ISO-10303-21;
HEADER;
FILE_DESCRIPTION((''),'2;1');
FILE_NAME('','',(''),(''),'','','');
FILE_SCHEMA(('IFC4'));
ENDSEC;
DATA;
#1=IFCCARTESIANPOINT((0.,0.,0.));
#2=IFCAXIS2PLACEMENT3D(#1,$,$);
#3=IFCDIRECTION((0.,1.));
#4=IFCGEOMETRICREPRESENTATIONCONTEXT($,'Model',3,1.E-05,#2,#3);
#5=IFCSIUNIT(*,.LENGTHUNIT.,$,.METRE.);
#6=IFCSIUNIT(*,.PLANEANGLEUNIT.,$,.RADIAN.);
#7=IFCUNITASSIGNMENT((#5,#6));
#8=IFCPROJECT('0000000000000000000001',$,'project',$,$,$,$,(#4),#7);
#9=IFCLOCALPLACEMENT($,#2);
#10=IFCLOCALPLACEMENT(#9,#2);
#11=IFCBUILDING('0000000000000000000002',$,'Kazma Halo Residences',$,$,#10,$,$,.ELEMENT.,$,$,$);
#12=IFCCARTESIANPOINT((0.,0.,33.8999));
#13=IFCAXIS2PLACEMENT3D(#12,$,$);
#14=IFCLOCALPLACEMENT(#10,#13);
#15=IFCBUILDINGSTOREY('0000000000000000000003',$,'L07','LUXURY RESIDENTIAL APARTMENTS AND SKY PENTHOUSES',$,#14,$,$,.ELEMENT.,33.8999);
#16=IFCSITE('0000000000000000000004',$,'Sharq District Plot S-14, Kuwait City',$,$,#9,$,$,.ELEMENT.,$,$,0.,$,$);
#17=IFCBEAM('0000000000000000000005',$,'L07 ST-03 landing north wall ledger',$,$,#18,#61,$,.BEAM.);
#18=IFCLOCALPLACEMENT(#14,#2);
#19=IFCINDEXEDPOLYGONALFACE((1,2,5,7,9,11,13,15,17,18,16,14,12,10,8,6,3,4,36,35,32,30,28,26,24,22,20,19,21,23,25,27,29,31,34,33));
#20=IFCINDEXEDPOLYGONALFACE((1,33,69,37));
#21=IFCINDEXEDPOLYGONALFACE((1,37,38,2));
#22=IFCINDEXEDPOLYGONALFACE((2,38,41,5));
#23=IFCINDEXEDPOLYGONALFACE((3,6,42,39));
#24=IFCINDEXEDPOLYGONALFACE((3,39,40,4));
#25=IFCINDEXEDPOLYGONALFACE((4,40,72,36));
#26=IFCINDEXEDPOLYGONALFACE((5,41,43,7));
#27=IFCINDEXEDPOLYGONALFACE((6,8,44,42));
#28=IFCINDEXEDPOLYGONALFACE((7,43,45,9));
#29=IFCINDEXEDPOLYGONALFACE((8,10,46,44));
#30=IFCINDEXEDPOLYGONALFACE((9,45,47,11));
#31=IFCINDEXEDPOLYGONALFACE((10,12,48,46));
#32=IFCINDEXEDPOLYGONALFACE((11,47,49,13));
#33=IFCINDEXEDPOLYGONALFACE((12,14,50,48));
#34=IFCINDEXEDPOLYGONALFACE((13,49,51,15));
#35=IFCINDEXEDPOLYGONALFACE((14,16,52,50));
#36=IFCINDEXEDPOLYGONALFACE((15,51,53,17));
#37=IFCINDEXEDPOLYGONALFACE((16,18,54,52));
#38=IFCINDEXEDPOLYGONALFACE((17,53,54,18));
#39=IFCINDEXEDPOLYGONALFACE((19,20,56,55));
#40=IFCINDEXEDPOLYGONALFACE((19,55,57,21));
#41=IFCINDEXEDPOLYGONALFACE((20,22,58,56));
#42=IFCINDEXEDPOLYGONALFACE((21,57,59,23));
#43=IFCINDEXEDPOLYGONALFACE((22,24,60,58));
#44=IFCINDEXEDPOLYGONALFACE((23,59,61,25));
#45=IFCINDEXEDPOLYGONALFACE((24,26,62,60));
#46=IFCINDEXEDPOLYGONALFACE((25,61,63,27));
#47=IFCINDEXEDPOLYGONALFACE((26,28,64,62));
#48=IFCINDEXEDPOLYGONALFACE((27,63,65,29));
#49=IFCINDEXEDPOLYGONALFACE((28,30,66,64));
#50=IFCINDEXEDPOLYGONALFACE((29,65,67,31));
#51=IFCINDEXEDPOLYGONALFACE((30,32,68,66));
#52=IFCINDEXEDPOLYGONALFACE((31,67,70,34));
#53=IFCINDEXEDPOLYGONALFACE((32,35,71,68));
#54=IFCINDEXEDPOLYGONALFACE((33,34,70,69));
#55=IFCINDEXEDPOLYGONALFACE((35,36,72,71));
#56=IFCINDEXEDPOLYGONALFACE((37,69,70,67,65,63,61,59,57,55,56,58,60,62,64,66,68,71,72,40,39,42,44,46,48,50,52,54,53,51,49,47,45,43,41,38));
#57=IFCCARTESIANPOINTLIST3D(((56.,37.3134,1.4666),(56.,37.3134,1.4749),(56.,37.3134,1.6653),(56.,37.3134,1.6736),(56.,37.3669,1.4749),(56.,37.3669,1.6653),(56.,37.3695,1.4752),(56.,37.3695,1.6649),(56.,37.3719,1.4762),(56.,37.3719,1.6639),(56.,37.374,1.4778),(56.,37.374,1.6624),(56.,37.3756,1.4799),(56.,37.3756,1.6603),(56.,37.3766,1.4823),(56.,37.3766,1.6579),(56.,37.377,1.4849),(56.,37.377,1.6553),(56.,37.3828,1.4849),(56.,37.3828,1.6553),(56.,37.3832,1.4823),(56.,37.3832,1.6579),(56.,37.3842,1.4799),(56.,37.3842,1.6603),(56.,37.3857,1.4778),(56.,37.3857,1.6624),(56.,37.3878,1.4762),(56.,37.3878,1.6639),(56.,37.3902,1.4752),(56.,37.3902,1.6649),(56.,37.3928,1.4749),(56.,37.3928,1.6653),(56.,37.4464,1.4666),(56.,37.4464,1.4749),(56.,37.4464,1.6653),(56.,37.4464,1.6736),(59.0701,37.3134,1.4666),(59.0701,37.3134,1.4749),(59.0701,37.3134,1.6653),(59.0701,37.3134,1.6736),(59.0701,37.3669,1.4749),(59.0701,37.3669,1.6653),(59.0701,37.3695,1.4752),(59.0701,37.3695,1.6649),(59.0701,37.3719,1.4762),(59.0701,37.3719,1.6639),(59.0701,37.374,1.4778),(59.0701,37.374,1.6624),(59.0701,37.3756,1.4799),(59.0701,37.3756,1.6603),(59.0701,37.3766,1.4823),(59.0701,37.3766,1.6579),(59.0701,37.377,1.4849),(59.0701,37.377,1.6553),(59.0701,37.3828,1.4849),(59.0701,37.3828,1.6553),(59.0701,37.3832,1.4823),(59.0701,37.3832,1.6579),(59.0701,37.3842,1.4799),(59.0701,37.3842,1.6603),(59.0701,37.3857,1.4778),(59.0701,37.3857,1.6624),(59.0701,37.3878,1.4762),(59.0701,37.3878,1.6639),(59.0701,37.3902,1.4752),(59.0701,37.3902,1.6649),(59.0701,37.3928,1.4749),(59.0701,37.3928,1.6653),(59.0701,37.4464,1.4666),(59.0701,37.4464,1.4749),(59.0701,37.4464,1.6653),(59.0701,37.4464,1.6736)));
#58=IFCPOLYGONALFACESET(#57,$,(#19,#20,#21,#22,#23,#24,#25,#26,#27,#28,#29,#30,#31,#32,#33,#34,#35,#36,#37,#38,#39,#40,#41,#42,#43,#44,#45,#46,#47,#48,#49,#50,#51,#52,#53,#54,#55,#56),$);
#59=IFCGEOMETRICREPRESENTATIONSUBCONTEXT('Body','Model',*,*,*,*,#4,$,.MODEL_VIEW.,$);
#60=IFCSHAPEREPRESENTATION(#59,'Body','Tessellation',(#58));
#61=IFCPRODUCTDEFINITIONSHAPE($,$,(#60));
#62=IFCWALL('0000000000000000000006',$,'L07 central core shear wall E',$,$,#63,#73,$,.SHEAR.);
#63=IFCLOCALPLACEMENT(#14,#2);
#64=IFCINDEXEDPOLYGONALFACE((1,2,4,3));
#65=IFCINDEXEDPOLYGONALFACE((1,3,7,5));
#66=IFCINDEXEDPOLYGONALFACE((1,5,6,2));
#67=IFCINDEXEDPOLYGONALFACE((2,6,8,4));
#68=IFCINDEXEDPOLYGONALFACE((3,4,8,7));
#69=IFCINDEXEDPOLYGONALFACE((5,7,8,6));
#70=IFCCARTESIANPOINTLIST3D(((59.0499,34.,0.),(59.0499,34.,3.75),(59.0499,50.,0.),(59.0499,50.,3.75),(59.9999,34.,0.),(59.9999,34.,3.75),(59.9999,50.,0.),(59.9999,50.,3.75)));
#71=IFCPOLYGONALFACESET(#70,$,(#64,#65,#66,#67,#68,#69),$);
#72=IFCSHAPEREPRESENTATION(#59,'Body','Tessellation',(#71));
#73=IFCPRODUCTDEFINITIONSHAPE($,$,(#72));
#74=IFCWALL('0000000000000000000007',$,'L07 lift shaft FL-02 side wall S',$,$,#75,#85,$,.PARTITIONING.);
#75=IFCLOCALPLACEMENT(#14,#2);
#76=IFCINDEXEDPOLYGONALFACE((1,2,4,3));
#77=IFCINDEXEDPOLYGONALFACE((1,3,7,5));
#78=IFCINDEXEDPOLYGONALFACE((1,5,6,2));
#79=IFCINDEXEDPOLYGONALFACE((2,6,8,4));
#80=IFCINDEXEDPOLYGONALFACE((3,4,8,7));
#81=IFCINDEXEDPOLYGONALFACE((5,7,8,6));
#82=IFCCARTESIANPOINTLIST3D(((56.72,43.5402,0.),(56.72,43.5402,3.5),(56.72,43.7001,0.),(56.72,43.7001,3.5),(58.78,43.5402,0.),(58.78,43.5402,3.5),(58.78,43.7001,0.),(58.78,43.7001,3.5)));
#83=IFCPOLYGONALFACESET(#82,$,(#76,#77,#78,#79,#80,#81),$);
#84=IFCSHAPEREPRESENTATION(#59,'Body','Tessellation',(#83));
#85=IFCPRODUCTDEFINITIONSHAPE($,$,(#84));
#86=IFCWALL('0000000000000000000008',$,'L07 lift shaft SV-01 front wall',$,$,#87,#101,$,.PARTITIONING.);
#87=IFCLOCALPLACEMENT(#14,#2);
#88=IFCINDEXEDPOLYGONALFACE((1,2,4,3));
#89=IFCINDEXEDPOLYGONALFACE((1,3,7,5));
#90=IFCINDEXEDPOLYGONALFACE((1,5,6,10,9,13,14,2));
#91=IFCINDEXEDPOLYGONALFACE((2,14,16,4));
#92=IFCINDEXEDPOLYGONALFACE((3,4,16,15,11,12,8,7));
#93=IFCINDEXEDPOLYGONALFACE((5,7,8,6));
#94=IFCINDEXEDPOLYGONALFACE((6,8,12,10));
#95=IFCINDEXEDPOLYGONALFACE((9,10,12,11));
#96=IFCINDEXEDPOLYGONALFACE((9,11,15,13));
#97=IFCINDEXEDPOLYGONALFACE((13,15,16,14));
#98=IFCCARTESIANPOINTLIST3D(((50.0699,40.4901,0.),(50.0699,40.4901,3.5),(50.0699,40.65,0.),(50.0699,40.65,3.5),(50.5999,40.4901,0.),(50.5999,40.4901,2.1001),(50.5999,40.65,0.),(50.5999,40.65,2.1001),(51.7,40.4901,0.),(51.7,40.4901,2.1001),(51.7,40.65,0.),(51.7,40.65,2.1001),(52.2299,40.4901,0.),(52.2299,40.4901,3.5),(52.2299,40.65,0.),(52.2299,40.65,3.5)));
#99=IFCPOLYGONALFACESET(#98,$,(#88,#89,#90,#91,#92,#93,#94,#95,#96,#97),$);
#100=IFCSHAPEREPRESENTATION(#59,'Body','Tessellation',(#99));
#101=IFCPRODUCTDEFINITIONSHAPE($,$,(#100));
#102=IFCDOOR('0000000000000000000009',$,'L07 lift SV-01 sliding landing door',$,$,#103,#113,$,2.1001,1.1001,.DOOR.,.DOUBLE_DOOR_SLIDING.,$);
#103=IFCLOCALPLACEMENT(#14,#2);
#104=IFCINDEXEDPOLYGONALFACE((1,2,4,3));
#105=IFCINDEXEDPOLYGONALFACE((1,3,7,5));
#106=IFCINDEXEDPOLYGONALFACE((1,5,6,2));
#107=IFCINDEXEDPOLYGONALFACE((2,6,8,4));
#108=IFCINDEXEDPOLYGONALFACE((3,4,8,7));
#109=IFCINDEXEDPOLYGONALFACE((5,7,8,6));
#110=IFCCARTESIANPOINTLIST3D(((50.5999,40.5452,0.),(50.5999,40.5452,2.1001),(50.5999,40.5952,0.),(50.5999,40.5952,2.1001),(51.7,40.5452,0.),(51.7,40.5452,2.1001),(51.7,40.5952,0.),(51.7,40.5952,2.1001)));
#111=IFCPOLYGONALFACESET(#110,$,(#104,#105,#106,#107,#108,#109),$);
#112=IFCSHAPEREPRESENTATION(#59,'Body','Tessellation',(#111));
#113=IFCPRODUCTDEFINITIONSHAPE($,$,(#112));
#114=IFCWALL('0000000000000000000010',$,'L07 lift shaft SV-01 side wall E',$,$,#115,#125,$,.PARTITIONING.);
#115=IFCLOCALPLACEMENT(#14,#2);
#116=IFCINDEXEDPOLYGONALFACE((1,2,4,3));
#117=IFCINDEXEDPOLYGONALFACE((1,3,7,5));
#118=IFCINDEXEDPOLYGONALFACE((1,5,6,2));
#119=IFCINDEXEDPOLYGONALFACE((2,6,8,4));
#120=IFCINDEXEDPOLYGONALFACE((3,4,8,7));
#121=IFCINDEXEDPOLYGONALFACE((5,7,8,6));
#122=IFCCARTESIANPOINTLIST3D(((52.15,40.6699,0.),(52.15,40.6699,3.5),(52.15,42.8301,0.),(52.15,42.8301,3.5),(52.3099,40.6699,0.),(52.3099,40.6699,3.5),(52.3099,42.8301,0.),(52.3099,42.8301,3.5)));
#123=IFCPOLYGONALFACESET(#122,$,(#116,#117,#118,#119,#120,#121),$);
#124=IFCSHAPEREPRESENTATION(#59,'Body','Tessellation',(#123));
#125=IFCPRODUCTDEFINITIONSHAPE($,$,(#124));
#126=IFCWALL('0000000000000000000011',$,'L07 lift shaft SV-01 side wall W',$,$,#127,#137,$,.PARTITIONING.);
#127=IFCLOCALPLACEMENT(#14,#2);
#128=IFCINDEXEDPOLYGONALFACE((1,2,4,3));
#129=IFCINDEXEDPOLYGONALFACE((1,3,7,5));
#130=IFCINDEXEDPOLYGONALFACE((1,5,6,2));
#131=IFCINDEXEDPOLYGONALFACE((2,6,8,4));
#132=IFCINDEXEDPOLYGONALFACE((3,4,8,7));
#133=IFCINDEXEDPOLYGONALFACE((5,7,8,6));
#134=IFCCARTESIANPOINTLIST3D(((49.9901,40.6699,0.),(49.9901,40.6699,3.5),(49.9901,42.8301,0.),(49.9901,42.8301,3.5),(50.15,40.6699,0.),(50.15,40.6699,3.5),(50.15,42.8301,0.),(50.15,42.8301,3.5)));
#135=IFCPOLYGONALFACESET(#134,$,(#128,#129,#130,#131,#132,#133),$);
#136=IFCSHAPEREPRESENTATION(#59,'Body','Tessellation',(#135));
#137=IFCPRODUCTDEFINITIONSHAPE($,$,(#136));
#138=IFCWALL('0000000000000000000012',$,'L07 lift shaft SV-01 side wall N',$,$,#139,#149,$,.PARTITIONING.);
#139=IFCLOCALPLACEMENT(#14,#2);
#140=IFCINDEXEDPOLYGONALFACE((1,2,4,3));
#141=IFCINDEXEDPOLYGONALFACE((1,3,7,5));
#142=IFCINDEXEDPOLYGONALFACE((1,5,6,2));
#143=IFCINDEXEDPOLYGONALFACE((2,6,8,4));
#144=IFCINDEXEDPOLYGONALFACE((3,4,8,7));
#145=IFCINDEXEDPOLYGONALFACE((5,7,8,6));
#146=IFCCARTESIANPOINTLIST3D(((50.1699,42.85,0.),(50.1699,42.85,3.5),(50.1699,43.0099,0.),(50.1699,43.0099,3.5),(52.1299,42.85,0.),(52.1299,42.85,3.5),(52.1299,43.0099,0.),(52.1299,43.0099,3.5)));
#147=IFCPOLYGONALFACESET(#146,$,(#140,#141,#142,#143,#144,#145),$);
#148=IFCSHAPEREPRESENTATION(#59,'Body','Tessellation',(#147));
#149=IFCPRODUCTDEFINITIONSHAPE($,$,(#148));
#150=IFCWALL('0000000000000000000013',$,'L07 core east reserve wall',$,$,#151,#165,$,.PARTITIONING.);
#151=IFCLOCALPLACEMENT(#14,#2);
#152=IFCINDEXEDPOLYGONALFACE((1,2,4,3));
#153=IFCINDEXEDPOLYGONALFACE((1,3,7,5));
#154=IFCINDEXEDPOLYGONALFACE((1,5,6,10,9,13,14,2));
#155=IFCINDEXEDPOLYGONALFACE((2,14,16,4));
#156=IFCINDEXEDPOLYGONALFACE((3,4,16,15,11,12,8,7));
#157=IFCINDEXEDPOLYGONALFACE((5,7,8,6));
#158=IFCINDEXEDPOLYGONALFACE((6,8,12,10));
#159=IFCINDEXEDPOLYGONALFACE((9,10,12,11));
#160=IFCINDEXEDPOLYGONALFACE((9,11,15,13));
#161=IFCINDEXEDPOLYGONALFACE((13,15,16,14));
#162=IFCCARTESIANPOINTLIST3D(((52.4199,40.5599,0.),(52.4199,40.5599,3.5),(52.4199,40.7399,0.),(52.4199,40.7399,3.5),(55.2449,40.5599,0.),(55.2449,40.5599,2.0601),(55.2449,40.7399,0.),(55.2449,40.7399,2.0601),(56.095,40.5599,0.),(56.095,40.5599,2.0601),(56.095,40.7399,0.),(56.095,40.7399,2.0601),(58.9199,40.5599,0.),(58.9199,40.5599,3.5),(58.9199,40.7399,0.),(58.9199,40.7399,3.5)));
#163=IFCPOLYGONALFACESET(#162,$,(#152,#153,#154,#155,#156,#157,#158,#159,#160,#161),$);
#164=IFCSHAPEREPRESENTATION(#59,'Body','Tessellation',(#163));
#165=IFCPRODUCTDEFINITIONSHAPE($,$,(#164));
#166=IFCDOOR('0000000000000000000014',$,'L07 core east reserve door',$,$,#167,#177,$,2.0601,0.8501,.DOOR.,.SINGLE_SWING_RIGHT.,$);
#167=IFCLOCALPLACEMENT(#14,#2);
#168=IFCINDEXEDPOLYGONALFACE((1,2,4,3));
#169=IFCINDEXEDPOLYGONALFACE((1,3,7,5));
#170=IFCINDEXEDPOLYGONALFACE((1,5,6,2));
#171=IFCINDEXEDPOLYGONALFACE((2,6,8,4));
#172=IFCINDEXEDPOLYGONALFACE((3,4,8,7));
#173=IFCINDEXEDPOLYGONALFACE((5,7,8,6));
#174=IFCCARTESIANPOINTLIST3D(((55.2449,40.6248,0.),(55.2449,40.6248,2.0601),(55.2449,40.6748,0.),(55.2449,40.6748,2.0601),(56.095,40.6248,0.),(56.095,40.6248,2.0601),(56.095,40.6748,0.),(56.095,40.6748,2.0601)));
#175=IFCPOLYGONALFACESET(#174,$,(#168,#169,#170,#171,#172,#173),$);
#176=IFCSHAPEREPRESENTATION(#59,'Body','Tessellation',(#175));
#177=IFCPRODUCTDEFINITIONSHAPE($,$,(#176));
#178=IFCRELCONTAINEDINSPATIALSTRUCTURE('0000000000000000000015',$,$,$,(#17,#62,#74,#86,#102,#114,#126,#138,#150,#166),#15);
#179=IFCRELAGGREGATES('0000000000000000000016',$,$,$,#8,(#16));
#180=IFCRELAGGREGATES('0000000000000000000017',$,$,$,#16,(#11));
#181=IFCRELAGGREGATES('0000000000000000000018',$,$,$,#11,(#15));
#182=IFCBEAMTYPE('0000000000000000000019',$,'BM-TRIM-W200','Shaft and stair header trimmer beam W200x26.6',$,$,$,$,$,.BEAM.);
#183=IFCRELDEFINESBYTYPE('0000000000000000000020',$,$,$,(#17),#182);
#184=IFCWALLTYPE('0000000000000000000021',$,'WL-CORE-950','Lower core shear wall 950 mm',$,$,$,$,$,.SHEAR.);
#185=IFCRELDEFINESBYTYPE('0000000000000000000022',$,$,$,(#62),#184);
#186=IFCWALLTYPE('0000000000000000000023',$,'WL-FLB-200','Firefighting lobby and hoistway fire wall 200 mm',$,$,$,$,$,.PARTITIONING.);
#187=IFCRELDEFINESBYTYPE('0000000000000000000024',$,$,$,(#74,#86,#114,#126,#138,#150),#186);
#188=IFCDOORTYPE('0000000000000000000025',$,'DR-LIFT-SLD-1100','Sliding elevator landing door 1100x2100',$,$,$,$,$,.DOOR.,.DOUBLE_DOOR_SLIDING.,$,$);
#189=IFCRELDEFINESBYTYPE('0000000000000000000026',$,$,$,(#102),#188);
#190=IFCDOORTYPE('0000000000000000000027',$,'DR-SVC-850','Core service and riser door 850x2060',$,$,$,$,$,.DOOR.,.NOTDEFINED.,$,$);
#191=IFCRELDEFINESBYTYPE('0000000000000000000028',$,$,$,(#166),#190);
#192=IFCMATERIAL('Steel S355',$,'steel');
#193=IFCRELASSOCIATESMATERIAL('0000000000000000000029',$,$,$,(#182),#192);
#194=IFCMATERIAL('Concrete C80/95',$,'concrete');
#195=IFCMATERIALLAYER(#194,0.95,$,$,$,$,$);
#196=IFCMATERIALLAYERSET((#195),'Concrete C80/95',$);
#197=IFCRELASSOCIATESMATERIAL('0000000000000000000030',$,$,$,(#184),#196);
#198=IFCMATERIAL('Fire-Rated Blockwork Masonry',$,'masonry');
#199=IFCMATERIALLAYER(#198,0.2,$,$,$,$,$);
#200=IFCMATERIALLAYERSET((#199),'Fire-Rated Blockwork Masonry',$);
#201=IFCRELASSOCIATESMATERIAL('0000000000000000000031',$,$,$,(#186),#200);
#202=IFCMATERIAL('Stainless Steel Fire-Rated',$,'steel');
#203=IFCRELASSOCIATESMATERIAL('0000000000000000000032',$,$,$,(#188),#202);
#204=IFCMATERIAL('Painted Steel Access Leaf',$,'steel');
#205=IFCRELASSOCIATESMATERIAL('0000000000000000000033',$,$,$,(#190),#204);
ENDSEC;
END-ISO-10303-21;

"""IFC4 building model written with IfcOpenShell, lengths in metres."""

from ifc_helpers import new_model, si_unit, direction, frame, frame_2d, origin, origin_2d, place, context, subcontext, project, spatial, rectangle, i_section, extrude, material, layer, layer_set, material_profile, profile_set, type_object, element, fill, save


model = new_model("IFC4")

# Units and contexts
model_context = context("Model", 3, precision=1e-05, world=origin(), true_north=direction((0.0, 1.0)))
body_context = subcontext(model_context, "Body", "Model", "MODEL_VIEW")
ifc_project = project(units=[si_unit("LENGTHUNIT", "METRE"), si_unit("PLANEANGLEUNIT", "RADIAN")], contexts=[model_context])

# Site, building, storey
site_placement = place(None, origin())
site = spatial("IfcSite", under=ifc_project, at=site_placement, Name="Sharq District Plot S-14, Kuwait City", CompositionType="ELEMENT", RefElevation=0.0)
building_placement = place(site_placement, origin())
building = spatial("IfcBuilding", under=site, at=building_placement, Name="Kazma Halo Residences", CompositionType="ELEMENT")
storey_placement = place(building_placement, frame((0.0, 0.0, 33.8999)))
storey = spatial("IfcBuildingStorey", under=building, at=storey_placement, Name="L07", Description="LUXURY RESIDENTIAL APARTMENTS AND SKY PENTHOUSES", CompositionType="ELEMENT", Elevation=33.8999)

# Shared definitions
ifc_material_1 = material(Name="Steel S355", Category="steel")

# Beam
ifc_material_profile_1 = material_profile(ifc_material_1, i_section(OverallWidth=0.1331, OverallDepth=0.207, WebThickness=0.0059, FlangeThickness=0.0083, FilletRadius=0.01, at=origin_2d()), Name="W200x26.6")
ifc_profile_set_1 = profile_set([ifc_material_profile_1], Name="Steel S355")
beam_type_1 = type_object("IfcBeamType", Name="BM-TRIM-W200", Description="Shaft and stair header trimmer beam W200x26.6", PredefinedType="BEAM", material=ifc_profile_set_1)
beam_1_placement = place(storey_placement, frame((56.0, 37.3799, 1.5701), z_axis=(1.0, 0.0, 0.0), x_axis=(0.0, 1.0, 0.0)))
element("IfcBeam", 1, at=beam_1_placement, inside=storey, type_object=beam_type_1, Name="L07 ST-03 landing north wall ledger", PredefinedType="BEAM", context=body_context, shape_type="SweptSolid", body=[
    extrude(i_section(OverallWidth=0.1331, OverallDepth=0.207, WebThickness=0.0059, FlangeThickness=0.0083, FilletRadius=0.01, at=origin_2d()), origin(), (0.0, 0.0, 1.0), 3.0701),
])

# Walls
ifc_material_2 = material(Name="Concrete C80/95", Category="concrete")
ifc_layer_1 = layer(ifc_material_2, 0.95)
ifc_layer_set_1 = layer_set([ifc_layer_1], Name="Concrete C80/95")
wall_type_1 = type_object("IfcWallType", Name="WL-CORE-950", Description="Lower core shear wall 950 mm", PredefinedType="SHEAR", material=ifc_layer_set_1)
wall_1_placement = place(storey_placement, frame((59.5249, 34.0, 0.0), z_axis=(0.0, 0.0, 1.0), x_axis=(0.0, 1.0, 0.0)))
element("IfcWall", 2, at=wall_1_placement, inside=storey, type_object=wall_type_1, Name="L07 central core shear wall E", PredefinedType="SHEAR", context=body_context, shape_type="SweptSolid", body=[
    extrude(rectangle(XDim=16.0, YDim=0.95, at=frame_2d((8.0, 0.0))), origin(), (0.0, 0.0, 1.0), 3.75),
])
ifc_material_3 = material(Name="Fire-Rated Blockwork Masonry", Category="masonry")
ifc_layer_2 = layer(ifc_material_3, 0.2)
ifc_layer_set_2 = layer_set([ifc_layer_2], Name="Fire-Rated Blockwork Masonry")
wall_type_2 = type_object("IfcWallType", Name="WL-FLB-200", Description="Firefighting lobby and hoistway fire wall 200 mm", PredefinedType="PARTITIONING", material=ifc_layer_set_2)
wall_2_placement = place(storey_placement, frame((56.72, 43.6201, 0.0), z_axis=(0.0, 0.0, 1.0), x_axis=(1.0, 0.0, 0.0)))
element("IfcWall", 3, at=wall_2_placement, inside=storey, type_object=wall_type_2, Name="L07 lift shaft FL-02 side wall S", PredefinedType="PARTITIONING", context=body_context, shape_type="SweptSolid", body=[
    extrude(rectangle(XDim=2.0601, YDim=0.1599, at=frame_2d((1.03, 0.0))), origin(), (0.0, 0.0, 1.0), 3.5),
])

# Wall, opening, door
wall_3_placement = place(storey_placement, frame((52.23, 40.5701, 0.0), z_axis=(0.0, 0.0, 1.0), x_axis=(-1.0, 0.0, 0.0)))
wall_3 = element("IfcWall", 4, at=wall_3_placement, inside=storey, type_object=wall_type_2, Name="L07 lift shaft SV-01 front wall", PredefinedType="PARTITIONING", context=body_context, shape_type="SweptSolid", body=[
    extrude(rectangle(XDim=2.1599, YDim=0.1599, at=frame_2d((1.0801, 0.0))), origin(), (0.0, 0.0, 1.0), 3.5),
])
opening_1_placement = place(wall_3_placement, frame((0.53, 0.0, 0.0)))
opening_1 = element("IfcOpeningElement", 5, at=opening_1_placement, cuts=wall_3, PredefinedType="OPENING", context=body_context, shape_type="SweptSolid", body=[
    extrude(rectangle(XDim=1.1001, YDim=2.1001, at=frame_2d((0.55, 1.05))), frame((0.0, 0.0898, 0.0), z_axis=(0.0, -1.0, 0.0), x_axis=(1.0, 0.0, 0.0)), (0.0, 0.0, 1.0), 0.1799),
])
ifc_material_4 = material(Name="Stainless Steel Fire-Rated", Category="steel")
door_type_1 = type_object("IfcDoorType", Name="DR-LIFT-SLD-1100", Description="Sliding elevator landing door 1100x2100", OperationType="DOUBLE_DOOR_SLIDING", PredefinedType="DOOR", material=ifc_material_4)
door_1_placement = place(opening_1_placement, origin())
door_1 = element("IfcDoor", 6, at=door_1_placement, inside=storey, type_object=door_type_1, Name="L07 lift SV-01 sliding landing door", OperationType="DOUBLE_DOOR_SLIDING", OverallHeight=2.1001, OverallWidth=1.1001, PredefinedType="DOOR", context=body_context, shape_type="SweptSolid", body=[
    extrude(rectangle(XDim=1.1001, YDim=2.1001, at=frame_2d((0.55, 1.05))), frame((0.0, 0.0249, 0.0), z_axis=(0.0, -1.0, 0.0), x_axis=(1.0, 0.0, 0.0)), (0.0, 0.0, 1.0), 0.05),
])
fill(opening_1, door_1)

# Walls
for number, where, z_axis, x_axis, name in (
    (7, (52.23, 40.6699, 0.0), (0.0, 0.0, 1.0), (0.0, 1.0, 0.0), "L07 lift shaft SV-01 side wall E"),
    (8, (50.0701, 40.6699, 0.0), (0.0, 0.0, 1.0), (0.0, 1.0, 0.0), "L07 lift shaft SV-01 side wall W"),
):
    element("IfcWall", number, at=place(storey_placement, frame(where, z_axis=z_axis, x_axis=x_axis)), inside=storey, type_object=wall_type_2, Name=name, PredefinedType="PARTITIONING", context=body_context, shape_type="SweptSolid", body=[
        extrude(rectangle(XDim=2.1602, YDim=0.1599, at=frame_2d((1.0801, 0.0))), origin(), (0.0, 0.0, 1.0), 3.5),
    ])
wall_4_placement = place(storey_placement, frame((50.1699, 42.9299, 0.0), z_axis=(0.0, 0.0, 1.0), x_axis=(1.0, 0.0, 0.0)))
element("IfcWall", 9, at=wall_4_placement, inside=storey, type_object=wall_type_2, Name="L07 lift shaft SV-01 side wall N", PredefinedType="PARTITIONING", context=body_context, shape_type="SweptSolid", body=[
    extrude(rectangle(XDim=1.96, YDim=0.1599, at=frame_2d((0.98, 0.0))), origin(), (0.0, 0.0, 1.0), 3.5),
])

# Wall, opening, door
wall_5_placement = place(storey_placement, frame((52.4199, 40.6499, 0.0), z_axis=(0.0, 0.0, 1.0), x_axis=(1.0, 0.0, 0.0)))
wall_5 = element("IfcWall", 10, at=wall_5_placement, inside=storey, type_object=wall_type_2, Name="L07 core east reserve wall", PredefinedType="PARTITIONING", context=body_context, shape_type="SweptSolid", body=[
    extrude(rectangle(XDim=6.5, YDim=0.1799, at=frame_2d((3.25, 0.0))), origin(), (0.0, 0.0, 1.0), 3.5),
])
opening_2_placement = place(wall_5_placement, frame((2.825, 0.0, 0.0)))
opening_2 = element("IfcOpeningElement", 11, at=opening_2_placement, cuts=wall_5, PredefinedType="OPENING", context=body_context, shape_type="SweptSolid", body=[
    extrude(rectangle(XDim=0.8501, YDim=2.0601, at=frame_2d((0.425, 1.03))), frame((0.0, 0.0999, 0.0), z_axis=(0.0, -1.0, 0.0), x_axis=(1.0, 0.0, 0.0)), (0.0, 0.0, 1.0), 0.2),
])
ifc_material_5 = material(Name="Painted Steel Access Leaf", Category="steel")
door_type_2 = type_object("IfcDoorType", Name="DR-SVC-850", Description="Core service and riser door 850x2060", OperationType="NOTDEFINED", PredefinedType="DOOR", material=ifc_material_5)
door_2_placement = place(opening_2_placement, origin())
door_2 = element("IfcDoor", 12, at=door_2_placement, inside=storey, type_object=door_type_2, Name="L07 core east reserve door", OperationType="SINGLE_SWING_RIGHT", OverallHeight=2.0601, OverallWidth=0.8501, PredefinedType="DOOR", context=body_context, shape_type="SweptSolid", body=[
    extrude(rectangle(XDim=0.8501, YDim=2.0601, at=frame_2d((0.425, 1.03))), frame((0.0, 0.0249, 0.0), z_axis=(0.0, -1.0, 0.0), x_axis=(1.0, 0.0, 0.0)), (0.0, 0.0, 1.0), 0.05),
])
fill(opening_2, door_2)

save(model, "model.ifc")
